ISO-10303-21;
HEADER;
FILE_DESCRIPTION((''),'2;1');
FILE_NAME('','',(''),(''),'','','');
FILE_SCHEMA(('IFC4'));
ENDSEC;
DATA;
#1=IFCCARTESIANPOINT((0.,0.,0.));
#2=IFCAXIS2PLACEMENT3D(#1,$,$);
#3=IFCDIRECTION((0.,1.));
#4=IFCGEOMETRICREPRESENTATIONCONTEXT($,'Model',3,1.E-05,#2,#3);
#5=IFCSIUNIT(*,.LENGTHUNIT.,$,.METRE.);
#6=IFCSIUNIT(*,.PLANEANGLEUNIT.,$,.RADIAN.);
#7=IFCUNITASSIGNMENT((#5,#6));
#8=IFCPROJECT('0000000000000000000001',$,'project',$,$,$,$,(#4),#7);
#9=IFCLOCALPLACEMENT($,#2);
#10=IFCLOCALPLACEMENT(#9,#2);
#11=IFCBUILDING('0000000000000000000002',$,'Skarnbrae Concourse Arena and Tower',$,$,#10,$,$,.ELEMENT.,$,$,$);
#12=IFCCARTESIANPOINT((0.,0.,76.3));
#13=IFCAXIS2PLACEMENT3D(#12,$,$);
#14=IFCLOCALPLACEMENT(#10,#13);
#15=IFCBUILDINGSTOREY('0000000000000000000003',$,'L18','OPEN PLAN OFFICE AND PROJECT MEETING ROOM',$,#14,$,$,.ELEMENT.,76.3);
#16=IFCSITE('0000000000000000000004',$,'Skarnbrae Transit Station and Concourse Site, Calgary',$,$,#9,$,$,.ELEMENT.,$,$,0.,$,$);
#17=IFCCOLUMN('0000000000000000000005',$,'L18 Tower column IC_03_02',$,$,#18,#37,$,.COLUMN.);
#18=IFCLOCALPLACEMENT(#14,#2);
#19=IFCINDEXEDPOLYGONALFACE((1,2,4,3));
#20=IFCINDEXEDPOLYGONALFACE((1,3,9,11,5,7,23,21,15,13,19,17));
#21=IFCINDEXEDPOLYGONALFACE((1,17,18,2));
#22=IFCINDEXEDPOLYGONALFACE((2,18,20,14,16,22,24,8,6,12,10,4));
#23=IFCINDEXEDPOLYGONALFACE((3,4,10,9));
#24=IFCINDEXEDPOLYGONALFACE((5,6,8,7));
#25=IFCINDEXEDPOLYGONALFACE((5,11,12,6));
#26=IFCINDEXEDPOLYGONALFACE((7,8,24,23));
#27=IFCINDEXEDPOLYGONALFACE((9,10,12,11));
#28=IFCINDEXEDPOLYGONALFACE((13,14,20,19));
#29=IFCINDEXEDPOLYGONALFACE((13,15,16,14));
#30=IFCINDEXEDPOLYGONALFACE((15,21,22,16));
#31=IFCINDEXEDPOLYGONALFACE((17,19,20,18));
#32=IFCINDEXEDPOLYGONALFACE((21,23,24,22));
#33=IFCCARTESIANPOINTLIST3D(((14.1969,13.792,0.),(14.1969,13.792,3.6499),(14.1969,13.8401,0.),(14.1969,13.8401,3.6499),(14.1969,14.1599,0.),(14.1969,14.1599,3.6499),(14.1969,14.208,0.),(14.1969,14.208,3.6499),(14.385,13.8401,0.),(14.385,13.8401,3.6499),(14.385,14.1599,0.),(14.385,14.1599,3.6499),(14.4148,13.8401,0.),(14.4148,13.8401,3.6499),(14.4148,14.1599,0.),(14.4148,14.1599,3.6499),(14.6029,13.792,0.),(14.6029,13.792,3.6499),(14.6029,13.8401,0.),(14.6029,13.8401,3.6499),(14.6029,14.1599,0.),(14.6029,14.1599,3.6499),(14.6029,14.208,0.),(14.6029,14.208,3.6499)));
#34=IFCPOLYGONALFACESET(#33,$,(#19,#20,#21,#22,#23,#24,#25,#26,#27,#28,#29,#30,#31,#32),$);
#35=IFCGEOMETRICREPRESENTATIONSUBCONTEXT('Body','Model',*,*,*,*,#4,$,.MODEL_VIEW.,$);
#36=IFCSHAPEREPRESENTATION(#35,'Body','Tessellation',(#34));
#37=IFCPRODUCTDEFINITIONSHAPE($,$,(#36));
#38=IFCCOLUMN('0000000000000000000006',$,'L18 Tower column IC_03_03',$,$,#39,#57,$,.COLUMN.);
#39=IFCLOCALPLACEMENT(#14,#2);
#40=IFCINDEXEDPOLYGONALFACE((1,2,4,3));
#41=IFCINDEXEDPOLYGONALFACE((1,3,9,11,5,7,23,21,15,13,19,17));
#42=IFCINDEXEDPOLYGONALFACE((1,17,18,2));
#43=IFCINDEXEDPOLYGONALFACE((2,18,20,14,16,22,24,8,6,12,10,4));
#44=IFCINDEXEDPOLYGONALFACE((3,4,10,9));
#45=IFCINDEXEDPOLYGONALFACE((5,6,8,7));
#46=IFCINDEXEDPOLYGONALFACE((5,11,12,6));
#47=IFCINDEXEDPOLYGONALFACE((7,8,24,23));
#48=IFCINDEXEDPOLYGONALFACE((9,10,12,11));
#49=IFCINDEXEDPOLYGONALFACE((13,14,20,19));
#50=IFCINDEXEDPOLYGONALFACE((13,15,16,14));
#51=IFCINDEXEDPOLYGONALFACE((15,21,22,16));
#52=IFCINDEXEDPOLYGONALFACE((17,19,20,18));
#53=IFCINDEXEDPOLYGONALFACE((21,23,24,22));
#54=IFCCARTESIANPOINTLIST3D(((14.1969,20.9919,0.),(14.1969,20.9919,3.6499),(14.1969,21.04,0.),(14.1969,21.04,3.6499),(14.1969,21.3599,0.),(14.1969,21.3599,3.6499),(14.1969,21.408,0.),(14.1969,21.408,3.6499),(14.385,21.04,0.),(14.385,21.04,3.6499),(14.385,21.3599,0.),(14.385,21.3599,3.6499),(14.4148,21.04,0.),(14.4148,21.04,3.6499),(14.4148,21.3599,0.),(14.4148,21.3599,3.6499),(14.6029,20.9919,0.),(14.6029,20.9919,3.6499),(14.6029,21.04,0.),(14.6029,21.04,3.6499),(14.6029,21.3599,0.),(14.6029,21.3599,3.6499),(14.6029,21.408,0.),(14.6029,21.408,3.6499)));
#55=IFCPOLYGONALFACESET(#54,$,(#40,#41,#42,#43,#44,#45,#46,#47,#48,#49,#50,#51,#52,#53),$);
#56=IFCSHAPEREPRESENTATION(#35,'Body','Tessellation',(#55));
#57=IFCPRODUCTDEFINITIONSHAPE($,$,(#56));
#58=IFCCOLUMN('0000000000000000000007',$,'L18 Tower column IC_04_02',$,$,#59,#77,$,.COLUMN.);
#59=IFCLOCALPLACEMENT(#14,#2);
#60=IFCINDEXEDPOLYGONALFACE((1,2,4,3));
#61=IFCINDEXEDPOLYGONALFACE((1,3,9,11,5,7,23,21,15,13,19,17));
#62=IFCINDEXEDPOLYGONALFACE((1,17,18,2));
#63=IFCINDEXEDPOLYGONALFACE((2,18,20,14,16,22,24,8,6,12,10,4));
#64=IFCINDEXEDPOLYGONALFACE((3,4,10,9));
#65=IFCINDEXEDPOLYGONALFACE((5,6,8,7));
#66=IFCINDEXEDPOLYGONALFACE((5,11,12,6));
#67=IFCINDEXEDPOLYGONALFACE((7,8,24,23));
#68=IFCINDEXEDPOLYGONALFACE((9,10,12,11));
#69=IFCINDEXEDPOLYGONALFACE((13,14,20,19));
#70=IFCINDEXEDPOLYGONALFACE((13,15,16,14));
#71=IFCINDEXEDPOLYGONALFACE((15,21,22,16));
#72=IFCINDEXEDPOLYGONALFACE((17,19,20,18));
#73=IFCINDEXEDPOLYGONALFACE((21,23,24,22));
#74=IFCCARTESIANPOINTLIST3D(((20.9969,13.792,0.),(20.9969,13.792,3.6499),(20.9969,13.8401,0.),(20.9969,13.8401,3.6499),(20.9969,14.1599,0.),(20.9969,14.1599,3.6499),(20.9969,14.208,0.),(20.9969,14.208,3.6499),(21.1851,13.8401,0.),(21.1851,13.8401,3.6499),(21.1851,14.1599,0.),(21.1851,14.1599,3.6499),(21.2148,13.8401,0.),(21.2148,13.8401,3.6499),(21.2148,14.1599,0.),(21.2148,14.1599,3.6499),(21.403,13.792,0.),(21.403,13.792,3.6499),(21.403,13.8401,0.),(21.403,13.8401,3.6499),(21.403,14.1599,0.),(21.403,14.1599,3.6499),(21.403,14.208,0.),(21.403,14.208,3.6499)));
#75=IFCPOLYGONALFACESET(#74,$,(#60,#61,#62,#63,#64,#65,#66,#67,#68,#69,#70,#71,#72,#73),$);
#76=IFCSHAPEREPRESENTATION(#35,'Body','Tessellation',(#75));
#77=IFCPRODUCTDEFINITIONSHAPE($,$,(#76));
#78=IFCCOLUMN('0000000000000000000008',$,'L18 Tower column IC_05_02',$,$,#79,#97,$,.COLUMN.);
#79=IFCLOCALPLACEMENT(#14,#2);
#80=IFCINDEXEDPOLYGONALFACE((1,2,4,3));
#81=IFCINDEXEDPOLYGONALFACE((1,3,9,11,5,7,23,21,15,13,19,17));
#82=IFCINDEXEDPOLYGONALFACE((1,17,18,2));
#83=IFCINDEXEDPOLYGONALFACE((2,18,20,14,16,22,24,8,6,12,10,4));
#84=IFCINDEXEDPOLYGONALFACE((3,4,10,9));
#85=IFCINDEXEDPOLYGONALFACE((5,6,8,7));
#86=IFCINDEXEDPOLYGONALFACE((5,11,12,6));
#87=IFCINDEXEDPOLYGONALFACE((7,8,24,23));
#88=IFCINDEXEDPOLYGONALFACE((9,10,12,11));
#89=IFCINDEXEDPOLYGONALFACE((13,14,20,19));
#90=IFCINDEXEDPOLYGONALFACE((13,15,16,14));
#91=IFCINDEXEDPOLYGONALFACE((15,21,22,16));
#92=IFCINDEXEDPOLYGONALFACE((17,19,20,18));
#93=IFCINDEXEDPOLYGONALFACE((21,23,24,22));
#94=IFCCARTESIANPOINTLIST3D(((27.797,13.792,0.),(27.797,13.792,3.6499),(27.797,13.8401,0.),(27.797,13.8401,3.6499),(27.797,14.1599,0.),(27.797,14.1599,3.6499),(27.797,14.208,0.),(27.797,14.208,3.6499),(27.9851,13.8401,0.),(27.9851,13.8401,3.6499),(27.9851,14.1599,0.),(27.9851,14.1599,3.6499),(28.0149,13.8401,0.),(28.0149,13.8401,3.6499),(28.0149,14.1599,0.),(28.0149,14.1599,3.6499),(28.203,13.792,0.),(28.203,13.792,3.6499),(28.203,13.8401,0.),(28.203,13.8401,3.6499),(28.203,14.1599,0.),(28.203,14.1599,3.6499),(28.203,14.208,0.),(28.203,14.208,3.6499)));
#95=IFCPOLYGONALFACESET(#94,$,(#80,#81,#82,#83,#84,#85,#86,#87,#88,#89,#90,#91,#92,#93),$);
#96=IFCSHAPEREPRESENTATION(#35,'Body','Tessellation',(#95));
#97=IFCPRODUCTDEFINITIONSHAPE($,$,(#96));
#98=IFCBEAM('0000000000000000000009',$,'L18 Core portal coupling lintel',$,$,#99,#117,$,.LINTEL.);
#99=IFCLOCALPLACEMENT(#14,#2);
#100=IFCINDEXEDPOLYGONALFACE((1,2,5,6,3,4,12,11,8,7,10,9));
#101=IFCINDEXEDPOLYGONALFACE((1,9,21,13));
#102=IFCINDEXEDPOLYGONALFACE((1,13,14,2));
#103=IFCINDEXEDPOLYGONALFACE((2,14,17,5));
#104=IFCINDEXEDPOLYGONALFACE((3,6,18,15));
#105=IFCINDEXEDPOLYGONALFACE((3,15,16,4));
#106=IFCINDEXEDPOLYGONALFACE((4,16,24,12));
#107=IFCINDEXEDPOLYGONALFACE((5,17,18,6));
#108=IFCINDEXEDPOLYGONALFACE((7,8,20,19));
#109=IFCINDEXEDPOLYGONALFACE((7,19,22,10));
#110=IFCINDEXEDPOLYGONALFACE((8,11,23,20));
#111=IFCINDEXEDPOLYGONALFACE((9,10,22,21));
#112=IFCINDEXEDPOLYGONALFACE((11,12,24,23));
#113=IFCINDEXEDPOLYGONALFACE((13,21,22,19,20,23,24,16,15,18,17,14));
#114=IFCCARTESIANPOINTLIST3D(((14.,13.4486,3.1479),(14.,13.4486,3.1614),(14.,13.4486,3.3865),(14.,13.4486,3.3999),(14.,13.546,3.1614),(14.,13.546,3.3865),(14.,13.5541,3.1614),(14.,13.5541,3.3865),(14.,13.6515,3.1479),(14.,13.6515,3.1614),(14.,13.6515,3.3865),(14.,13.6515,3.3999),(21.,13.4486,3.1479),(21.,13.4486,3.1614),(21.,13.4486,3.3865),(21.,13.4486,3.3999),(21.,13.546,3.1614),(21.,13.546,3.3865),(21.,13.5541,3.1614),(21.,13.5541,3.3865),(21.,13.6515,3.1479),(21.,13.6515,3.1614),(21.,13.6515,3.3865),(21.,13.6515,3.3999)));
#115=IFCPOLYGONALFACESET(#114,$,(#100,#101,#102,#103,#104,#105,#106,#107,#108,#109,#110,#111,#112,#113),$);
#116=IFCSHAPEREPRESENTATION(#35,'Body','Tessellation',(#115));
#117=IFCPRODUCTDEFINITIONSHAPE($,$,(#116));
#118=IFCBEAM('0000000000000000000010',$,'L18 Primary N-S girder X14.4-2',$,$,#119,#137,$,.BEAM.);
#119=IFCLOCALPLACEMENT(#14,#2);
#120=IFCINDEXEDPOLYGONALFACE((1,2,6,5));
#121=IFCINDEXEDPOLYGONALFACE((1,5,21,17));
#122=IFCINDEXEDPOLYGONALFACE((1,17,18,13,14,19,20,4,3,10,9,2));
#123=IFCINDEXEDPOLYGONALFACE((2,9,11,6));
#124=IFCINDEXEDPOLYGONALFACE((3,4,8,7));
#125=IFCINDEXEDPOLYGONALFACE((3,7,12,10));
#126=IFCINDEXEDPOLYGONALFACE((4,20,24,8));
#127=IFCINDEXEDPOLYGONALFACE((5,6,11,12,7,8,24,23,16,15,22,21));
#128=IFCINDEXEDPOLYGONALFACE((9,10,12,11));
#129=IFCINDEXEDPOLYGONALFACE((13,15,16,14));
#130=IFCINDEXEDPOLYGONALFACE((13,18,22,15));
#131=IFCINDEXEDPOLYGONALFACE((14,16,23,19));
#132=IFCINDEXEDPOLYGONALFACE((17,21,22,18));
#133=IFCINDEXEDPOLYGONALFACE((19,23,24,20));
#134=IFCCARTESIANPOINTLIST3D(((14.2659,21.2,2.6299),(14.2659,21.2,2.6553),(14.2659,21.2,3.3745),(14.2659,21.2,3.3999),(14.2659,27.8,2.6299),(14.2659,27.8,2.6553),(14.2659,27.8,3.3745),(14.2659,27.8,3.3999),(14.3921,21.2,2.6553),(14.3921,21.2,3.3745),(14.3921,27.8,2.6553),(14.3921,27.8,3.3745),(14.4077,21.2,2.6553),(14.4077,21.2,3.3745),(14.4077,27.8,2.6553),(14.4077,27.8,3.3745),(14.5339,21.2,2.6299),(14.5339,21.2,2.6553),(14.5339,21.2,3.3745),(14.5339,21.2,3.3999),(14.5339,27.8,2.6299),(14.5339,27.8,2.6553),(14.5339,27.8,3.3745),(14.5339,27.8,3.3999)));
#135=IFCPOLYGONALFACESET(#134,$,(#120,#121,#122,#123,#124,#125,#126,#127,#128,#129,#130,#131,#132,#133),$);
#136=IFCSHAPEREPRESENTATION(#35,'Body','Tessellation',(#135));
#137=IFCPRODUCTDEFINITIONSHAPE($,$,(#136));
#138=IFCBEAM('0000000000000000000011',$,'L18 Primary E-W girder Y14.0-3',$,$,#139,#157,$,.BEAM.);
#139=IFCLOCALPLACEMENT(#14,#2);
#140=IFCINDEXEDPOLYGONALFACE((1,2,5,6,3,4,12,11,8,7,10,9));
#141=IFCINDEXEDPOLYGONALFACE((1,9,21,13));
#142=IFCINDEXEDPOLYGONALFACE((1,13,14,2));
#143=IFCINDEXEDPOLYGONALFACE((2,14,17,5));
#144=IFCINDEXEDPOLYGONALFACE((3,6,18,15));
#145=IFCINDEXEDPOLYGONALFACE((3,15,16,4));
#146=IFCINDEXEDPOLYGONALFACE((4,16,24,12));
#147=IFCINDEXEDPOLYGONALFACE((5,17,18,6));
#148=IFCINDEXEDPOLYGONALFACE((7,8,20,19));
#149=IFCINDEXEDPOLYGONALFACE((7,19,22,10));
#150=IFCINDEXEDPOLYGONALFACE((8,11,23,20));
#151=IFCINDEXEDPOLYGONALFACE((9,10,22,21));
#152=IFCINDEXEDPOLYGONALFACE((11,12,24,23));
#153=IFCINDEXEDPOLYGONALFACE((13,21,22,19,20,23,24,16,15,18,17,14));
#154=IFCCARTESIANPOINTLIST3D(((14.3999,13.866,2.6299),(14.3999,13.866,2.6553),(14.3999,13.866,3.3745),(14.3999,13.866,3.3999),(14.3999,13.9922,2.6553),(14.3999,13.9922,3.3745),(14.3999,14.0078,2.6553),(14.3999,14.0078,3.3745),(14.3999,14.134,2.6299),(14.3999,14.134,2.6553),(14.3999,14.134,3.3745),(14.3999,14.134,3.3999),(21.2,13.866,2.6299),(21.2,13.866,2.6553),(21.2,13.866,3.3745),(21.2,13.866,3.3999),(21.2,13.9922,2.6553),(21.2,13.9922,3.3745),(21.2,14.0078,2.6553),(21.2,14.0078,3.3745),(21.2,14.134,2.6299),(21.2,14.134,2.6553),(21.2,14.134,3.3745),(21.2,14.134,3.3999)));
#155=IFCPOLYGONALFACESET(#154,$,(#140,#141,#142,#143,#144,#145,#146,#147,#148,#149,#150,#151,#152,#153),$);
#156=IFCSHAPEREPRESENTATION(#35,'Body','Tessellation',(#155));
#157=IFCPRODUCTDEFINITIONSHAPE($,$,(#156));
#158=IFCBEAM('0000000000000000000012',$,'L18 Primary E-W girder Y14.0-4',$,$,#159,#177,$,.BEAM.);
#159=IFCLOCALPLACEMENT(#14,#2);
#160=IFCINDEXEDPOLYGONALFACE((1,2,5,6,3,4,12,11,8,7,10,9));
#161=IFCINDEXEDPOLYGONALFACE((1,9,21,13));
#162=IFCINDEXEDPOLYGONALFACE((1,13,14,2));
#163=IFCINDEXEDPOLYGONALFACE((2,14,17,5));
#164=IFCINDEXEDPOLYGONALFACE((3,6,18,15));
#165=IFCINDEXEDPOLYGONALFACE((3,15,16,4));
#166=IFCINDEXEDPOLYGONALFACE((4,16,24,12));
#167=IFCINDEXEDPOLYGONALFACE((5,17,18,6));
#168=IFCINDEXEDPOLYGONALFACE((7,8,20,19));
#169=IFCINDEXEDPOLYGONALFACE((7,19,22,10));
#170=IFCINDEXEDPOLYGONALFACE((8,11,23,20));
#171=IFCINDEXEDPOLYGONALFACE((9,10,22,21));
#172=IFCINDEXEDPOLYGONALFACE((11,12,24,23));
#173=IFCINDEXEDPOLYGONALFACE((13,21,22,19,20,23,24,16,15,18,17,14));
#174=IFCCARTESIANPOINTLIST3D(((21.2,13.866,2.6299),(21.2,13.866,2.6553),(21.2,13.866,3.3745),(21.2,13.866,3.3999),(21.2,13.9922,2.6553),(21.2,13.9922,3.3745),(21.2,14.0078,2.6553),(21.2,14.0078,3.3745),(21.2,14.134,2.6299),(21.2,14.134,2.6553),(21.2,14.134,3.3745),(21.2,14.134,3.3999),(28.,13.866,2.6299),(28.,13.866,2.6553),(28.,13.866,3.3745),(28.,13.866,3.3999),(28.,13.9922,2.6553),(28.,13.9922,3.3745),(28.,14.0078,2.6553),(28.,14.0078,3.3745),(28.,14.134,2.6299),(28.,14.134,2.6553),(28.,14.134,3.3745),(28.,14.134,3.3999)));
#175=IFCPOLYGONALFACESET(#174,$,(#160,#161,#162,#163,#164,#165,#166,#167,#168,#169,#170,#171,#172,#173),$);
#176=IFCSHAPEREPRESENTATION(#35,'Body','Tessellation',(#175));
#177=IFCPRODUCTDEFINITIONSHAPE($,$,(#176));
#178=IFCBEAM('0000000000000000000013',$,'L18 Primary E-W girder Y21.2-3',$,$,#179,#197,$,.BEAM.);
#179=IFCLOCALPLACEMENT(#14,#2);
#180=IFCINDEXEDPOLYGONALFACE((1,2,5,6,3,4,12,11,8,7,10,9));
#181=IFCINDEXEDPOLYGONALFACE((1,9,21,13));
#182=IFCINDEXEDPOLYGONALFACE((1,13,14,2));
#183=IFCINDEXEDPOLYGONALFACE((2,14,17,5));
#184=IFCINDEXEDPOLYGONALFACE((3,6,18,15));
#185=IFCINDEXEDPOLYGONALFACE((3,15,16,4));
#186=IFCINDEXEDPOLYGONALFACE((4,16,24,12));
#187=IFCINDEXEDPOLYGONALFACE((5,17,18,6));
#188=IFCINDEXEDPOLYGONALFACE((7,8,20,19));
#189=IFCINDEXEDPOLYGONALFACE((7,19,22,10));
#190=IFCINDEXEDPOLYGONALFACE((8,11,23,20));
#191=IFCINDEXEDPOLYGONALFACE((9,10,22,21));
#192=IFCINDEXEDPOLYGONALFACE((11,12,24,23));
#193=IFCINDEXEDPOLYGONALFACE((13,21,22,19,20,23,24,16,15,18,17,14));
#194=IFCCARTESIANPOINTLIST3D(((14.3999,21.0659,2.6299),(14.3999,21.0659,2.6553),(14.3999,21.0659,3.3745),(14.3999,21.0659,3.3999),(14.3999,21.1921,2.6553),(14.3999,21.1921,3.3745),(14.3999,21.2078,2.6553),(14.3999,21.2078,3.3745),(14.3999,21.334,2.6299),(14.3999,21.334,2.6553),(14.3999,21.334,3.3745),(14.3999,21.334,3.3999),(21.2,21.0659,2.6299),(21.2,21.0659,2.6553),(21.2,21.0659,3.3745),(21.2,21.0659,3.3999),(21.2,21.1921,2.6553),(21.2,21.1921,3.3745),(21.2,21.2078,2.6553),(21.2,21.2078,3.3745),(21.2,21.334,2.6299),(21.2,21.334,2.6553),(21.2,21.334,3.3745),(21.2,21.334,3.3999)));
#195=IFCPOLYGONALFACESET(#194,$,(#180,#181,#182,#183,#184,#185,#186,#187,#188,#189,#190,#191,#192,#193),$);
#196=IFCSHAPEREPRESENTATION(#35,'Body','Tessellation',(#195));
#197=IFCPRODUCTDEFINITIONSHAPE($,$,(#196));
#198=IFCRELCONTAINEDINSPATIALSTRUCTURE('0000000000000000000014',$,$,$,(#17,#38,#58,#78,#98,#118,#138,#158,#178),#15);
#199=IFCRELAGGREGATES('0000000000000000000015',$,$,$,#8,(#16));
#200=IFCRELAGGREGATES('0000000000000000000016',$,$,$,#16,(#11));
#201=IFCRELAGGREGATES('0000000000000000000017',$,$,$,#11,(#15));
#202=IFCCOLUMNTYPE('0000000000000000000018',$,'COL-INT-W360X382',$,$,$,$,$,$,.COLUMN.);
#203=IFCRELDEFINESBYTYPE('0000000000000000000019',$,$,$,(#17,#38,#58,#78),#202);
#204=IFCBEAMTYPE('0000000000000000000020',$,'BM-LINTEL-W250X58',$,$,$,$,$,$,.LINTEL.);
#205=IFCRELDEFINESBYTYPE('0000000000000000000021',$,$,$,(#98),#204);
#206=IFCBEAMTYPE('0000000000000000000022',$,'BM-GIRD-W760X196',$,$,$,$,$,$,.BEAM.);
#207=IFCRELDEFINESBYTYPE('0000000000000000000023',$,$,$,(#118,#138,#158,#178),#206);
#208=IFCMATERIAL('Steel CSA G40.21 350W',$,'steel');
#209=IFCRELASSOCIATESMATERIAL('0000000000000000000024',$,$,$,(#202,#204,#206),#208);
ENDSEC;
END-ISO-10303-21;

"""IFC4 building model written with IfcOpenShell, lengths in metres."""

from ifc_helpers import new_model, si_unit, direction, frame, origin, origin_2d, place, context, subcontext, project, spatial, i_section, extrude, source, transform, mapped, material, material_profile, profile_set, type_object, element, save


model = new_model("IFC4")

# Units and contexts
model_context = context("Model", 3, precision=1e-05, world=origin(), true_north=direction((0.0, 1.0)))
body_context = subcontext(model_context, "Body", "Model", "MODEL_VIEW")
ifc_project = project(units=[si_unit("LENGTHUNIT", "METRE"), si_unit("PLANEANGLEUNIT", "RADIAN")], contexts=[model_context])

# Site, building, storey
site_placement = place(None, origin())
site = spatial("IfcSite", under=ifc_project, at=site_placement, Name="Skarnbrae Transit Station and Concourse Site, Calgary", CompositionType="ELEMENT", RefElevation=0.0)
building_placement = place(site_placement, origin())
building = spatial("IfcBuilding", under=site, at=building_placement, Name="Skarnbrae Concourse Arena and Tower", CompositionType="ELEMENT")
storey_placement = place(building_placement, frame((0.0, 0.0, 76.3)))
storey = spatial("IfcBuildingStorey", under=building, at=storey_placement, Name="L18", Description="OPEN PLAN OFFICE AND PROJECT MEETING ROOM", CompositionType="ELEMENT", Elevation=76.3)

# Columns
ifc_material_1 = material(Name="Steel CSA G40.21 350W", Category="steel")
ifc_material_profile_1 = material_profile(ifc_material_1, i_section(OverallWidth=0.406, OverallDepth=0.416, WebThickness=0.0298, FlangeThickness=0.0481, at=origin_2d()), Name="W360X382")
ifc_profile_set_1 = profile_set([ifc_material_profile_1], Name="Steel CSA G40.21 350W")
column_type = type_object("IfcColumnType", Name="COL-INT-W360X382", PredefinedType="COLUMN", material=ifc_profile_set_1)
shared_shape_1 = source(origin(), body_context, "Body", "SweptSolid", [
    extrude(i_section(OverallWidth=0.406, OverallDepth=0.416, WebThickness=0.0298, FlangeThickness=0.0481, at=origin_2d()), origin(), (0.0, 0.0, 1.0), 3.6499),
])
for number, where, z_axis, x_axis, name in (
    (1, (14.3999, 14.0, 0.0), (0.0, 0.0, 1.0), (1.0, 0.0, 0.0), "L18 Tower column IC_03_02"),
    (2, (14.3999, 21.2, 0.0), (0.0, 0.0, 1.0), (1.0, 0.0, 0.0), "L18 Tower column IC_03_03"),
    (3, (21.2, 14.0, 0.0), (0.0, 0.0, 1.0), (1.0, 0.0, 0.0), "L18 Tower column IC_04_02"),
    (4, (28.0, 14.0, 0.0), (0.0, 0.0, 1.0), (1.0, 0.0, 0.0), "L18 Tower column IC_05_02"),
):
    element("IfcColumn", number, at=place(storey_placement, frame(where, z_axis=z_axis, x_axis=x_axis)), inside=storey, type_object=column_type, Name=name, PredefinedType="COLUMN", context=body_context, shape_type="MappedRepresentation", body=[
        mapped(shared_shape_1, transform((0.0, 0.0, 0.0))),
    ])

# Beams
ifc_material_profile_2 = material_profile(ifc_material_1, i_section(OverallWidth=0.2029, OverallDepth=0.252, WebThickness=0.0081, FlangeThickness=0.0134, at=origin_2d()), Name="W250X58")
ifc_profile_set_2 = profile_set([ifc_material_profile_2], Name="Steel CSA G40.21 350W")
beam_type_1 = type_object("IfcBeamType", Name="BM-LINTEL-W250X58", PredefinedType="LINTEL", material=ifc_profile_set_2)
shared_shape_2 = source(origin(), body_context, "Body", "SweptSolid", [
    extrude(i_section(OverallWidth=0.2029, OverallDepth=0.252, WebThickness=0.0081, FlangeThickness=0.0134, at=origin_2d()), origin(), (0.0, 0.0, 1.0), 7.0),
])
beam_1_placement = place(storey_placement, frame((14.0, 13.55, 3.2739), z_axis=(1.0, 0.0, 0.0), x_axis=(0.0, 1.0, 0.0)))
element("IfcBeam", 5, at=beam_1_placement, inside=storey, type_object=beam_type_1, Name="L18 Core portal coupling lintel", PredefinedType="LINTEL", context=body_context, shape_type="MappedRepresentation", body=[
    mapped(shared_shape_2, transform((0.0, 0.0, 0.0))),
])
ifc_material_profile_3 = material_profile(ifc_material_1, i_section(OverallWidth=0.2681, OverallDepth=0.77, WebThickness=0.0156, FlangeThickness=0.0254, at=origin_2d()), Name="W760X196")
ifc_profile_set_3 = profile_set([ifc_material_profile_3], Name="Steel CSA G40.21 350W")
beam_type_2 = type_object("IfcBeamType", Name="BM-GIRD-W760X196", PredefinedType="BEAM", material=ifc_profile_set_3)
shared_shape_3 = source(origin(), body_context, "Body", "SweptSolid", [
    extrude(i_section(OverallWidth=0.2681, OverallDepth=0.77, WebThickness=0.0156, FlangeThickness=0.0254, at=origin_2d()), origin(), (0.0, 0.0, 1.0), 6.6001),
])
beam_2_placement = place(storey_placement, frame((14.3999, 21.2, 3.0149), z_axis=(0.0, 1.0, 0.0), x_axis=(-1.0, 0.0, 0.0)))
element("IfcBeam", 6, at=beam_2_placement, inside=storey, type_object=beam_type_2, Name="L18 Primary N-S girder X14.4-2", PredefinedType="BEAM", context=body_context, shape_type="MappedRepresentation", body=[
    mapped(shared_shape_3, transform((0.0, 0.0, 0.0))),
])
shared_shape_4 = source(origin(), body_context, "Body", "SweptSolid", [
    extrude(i_section(OverallWidth=0.2681, OverallDepth=0.77, WebThickness=0.0156, FlangeThickness=0.0254, at=origin_2d()), origin(), (0.0, 0.0, 1.0), 6.8),
])
for number, where, z_axis, x_axis, name in (
    (7, (14.3999, 14.0, 3.0149), (1.0, 0.0, 0.0), (0.0, 1.0, 0.0), "L18 Primary E-W girder Y14.0-3"),
    (8, (21.2, 14.0, 3.0149), (1.0, 0.0, 0.0), (0.0, 1.0, 0.0), "L18 Primary E-W girder Y14.0-4"),
    (9, (14.3999, 21.2, 3.0149), (1.0, 0.0, 0.0), (0.0, 1.0, 0.0), "L18 Primary E-W girder Y21.2-3"),
):
    element("IfcBeam", number, at=place(storey_placement, frame(where, z_axis=z_axis, x_axis=x_axis)), inside=storey, type_object=beam_type_2, Name=name, PredefinedType="BEAM", context=body_context, shape_type="MappedRepresentation", body=[
        mapped(shared_shape_4, transform((0.0, 0.0, 0.0))),
    ])

save(model, "model.ifc")
